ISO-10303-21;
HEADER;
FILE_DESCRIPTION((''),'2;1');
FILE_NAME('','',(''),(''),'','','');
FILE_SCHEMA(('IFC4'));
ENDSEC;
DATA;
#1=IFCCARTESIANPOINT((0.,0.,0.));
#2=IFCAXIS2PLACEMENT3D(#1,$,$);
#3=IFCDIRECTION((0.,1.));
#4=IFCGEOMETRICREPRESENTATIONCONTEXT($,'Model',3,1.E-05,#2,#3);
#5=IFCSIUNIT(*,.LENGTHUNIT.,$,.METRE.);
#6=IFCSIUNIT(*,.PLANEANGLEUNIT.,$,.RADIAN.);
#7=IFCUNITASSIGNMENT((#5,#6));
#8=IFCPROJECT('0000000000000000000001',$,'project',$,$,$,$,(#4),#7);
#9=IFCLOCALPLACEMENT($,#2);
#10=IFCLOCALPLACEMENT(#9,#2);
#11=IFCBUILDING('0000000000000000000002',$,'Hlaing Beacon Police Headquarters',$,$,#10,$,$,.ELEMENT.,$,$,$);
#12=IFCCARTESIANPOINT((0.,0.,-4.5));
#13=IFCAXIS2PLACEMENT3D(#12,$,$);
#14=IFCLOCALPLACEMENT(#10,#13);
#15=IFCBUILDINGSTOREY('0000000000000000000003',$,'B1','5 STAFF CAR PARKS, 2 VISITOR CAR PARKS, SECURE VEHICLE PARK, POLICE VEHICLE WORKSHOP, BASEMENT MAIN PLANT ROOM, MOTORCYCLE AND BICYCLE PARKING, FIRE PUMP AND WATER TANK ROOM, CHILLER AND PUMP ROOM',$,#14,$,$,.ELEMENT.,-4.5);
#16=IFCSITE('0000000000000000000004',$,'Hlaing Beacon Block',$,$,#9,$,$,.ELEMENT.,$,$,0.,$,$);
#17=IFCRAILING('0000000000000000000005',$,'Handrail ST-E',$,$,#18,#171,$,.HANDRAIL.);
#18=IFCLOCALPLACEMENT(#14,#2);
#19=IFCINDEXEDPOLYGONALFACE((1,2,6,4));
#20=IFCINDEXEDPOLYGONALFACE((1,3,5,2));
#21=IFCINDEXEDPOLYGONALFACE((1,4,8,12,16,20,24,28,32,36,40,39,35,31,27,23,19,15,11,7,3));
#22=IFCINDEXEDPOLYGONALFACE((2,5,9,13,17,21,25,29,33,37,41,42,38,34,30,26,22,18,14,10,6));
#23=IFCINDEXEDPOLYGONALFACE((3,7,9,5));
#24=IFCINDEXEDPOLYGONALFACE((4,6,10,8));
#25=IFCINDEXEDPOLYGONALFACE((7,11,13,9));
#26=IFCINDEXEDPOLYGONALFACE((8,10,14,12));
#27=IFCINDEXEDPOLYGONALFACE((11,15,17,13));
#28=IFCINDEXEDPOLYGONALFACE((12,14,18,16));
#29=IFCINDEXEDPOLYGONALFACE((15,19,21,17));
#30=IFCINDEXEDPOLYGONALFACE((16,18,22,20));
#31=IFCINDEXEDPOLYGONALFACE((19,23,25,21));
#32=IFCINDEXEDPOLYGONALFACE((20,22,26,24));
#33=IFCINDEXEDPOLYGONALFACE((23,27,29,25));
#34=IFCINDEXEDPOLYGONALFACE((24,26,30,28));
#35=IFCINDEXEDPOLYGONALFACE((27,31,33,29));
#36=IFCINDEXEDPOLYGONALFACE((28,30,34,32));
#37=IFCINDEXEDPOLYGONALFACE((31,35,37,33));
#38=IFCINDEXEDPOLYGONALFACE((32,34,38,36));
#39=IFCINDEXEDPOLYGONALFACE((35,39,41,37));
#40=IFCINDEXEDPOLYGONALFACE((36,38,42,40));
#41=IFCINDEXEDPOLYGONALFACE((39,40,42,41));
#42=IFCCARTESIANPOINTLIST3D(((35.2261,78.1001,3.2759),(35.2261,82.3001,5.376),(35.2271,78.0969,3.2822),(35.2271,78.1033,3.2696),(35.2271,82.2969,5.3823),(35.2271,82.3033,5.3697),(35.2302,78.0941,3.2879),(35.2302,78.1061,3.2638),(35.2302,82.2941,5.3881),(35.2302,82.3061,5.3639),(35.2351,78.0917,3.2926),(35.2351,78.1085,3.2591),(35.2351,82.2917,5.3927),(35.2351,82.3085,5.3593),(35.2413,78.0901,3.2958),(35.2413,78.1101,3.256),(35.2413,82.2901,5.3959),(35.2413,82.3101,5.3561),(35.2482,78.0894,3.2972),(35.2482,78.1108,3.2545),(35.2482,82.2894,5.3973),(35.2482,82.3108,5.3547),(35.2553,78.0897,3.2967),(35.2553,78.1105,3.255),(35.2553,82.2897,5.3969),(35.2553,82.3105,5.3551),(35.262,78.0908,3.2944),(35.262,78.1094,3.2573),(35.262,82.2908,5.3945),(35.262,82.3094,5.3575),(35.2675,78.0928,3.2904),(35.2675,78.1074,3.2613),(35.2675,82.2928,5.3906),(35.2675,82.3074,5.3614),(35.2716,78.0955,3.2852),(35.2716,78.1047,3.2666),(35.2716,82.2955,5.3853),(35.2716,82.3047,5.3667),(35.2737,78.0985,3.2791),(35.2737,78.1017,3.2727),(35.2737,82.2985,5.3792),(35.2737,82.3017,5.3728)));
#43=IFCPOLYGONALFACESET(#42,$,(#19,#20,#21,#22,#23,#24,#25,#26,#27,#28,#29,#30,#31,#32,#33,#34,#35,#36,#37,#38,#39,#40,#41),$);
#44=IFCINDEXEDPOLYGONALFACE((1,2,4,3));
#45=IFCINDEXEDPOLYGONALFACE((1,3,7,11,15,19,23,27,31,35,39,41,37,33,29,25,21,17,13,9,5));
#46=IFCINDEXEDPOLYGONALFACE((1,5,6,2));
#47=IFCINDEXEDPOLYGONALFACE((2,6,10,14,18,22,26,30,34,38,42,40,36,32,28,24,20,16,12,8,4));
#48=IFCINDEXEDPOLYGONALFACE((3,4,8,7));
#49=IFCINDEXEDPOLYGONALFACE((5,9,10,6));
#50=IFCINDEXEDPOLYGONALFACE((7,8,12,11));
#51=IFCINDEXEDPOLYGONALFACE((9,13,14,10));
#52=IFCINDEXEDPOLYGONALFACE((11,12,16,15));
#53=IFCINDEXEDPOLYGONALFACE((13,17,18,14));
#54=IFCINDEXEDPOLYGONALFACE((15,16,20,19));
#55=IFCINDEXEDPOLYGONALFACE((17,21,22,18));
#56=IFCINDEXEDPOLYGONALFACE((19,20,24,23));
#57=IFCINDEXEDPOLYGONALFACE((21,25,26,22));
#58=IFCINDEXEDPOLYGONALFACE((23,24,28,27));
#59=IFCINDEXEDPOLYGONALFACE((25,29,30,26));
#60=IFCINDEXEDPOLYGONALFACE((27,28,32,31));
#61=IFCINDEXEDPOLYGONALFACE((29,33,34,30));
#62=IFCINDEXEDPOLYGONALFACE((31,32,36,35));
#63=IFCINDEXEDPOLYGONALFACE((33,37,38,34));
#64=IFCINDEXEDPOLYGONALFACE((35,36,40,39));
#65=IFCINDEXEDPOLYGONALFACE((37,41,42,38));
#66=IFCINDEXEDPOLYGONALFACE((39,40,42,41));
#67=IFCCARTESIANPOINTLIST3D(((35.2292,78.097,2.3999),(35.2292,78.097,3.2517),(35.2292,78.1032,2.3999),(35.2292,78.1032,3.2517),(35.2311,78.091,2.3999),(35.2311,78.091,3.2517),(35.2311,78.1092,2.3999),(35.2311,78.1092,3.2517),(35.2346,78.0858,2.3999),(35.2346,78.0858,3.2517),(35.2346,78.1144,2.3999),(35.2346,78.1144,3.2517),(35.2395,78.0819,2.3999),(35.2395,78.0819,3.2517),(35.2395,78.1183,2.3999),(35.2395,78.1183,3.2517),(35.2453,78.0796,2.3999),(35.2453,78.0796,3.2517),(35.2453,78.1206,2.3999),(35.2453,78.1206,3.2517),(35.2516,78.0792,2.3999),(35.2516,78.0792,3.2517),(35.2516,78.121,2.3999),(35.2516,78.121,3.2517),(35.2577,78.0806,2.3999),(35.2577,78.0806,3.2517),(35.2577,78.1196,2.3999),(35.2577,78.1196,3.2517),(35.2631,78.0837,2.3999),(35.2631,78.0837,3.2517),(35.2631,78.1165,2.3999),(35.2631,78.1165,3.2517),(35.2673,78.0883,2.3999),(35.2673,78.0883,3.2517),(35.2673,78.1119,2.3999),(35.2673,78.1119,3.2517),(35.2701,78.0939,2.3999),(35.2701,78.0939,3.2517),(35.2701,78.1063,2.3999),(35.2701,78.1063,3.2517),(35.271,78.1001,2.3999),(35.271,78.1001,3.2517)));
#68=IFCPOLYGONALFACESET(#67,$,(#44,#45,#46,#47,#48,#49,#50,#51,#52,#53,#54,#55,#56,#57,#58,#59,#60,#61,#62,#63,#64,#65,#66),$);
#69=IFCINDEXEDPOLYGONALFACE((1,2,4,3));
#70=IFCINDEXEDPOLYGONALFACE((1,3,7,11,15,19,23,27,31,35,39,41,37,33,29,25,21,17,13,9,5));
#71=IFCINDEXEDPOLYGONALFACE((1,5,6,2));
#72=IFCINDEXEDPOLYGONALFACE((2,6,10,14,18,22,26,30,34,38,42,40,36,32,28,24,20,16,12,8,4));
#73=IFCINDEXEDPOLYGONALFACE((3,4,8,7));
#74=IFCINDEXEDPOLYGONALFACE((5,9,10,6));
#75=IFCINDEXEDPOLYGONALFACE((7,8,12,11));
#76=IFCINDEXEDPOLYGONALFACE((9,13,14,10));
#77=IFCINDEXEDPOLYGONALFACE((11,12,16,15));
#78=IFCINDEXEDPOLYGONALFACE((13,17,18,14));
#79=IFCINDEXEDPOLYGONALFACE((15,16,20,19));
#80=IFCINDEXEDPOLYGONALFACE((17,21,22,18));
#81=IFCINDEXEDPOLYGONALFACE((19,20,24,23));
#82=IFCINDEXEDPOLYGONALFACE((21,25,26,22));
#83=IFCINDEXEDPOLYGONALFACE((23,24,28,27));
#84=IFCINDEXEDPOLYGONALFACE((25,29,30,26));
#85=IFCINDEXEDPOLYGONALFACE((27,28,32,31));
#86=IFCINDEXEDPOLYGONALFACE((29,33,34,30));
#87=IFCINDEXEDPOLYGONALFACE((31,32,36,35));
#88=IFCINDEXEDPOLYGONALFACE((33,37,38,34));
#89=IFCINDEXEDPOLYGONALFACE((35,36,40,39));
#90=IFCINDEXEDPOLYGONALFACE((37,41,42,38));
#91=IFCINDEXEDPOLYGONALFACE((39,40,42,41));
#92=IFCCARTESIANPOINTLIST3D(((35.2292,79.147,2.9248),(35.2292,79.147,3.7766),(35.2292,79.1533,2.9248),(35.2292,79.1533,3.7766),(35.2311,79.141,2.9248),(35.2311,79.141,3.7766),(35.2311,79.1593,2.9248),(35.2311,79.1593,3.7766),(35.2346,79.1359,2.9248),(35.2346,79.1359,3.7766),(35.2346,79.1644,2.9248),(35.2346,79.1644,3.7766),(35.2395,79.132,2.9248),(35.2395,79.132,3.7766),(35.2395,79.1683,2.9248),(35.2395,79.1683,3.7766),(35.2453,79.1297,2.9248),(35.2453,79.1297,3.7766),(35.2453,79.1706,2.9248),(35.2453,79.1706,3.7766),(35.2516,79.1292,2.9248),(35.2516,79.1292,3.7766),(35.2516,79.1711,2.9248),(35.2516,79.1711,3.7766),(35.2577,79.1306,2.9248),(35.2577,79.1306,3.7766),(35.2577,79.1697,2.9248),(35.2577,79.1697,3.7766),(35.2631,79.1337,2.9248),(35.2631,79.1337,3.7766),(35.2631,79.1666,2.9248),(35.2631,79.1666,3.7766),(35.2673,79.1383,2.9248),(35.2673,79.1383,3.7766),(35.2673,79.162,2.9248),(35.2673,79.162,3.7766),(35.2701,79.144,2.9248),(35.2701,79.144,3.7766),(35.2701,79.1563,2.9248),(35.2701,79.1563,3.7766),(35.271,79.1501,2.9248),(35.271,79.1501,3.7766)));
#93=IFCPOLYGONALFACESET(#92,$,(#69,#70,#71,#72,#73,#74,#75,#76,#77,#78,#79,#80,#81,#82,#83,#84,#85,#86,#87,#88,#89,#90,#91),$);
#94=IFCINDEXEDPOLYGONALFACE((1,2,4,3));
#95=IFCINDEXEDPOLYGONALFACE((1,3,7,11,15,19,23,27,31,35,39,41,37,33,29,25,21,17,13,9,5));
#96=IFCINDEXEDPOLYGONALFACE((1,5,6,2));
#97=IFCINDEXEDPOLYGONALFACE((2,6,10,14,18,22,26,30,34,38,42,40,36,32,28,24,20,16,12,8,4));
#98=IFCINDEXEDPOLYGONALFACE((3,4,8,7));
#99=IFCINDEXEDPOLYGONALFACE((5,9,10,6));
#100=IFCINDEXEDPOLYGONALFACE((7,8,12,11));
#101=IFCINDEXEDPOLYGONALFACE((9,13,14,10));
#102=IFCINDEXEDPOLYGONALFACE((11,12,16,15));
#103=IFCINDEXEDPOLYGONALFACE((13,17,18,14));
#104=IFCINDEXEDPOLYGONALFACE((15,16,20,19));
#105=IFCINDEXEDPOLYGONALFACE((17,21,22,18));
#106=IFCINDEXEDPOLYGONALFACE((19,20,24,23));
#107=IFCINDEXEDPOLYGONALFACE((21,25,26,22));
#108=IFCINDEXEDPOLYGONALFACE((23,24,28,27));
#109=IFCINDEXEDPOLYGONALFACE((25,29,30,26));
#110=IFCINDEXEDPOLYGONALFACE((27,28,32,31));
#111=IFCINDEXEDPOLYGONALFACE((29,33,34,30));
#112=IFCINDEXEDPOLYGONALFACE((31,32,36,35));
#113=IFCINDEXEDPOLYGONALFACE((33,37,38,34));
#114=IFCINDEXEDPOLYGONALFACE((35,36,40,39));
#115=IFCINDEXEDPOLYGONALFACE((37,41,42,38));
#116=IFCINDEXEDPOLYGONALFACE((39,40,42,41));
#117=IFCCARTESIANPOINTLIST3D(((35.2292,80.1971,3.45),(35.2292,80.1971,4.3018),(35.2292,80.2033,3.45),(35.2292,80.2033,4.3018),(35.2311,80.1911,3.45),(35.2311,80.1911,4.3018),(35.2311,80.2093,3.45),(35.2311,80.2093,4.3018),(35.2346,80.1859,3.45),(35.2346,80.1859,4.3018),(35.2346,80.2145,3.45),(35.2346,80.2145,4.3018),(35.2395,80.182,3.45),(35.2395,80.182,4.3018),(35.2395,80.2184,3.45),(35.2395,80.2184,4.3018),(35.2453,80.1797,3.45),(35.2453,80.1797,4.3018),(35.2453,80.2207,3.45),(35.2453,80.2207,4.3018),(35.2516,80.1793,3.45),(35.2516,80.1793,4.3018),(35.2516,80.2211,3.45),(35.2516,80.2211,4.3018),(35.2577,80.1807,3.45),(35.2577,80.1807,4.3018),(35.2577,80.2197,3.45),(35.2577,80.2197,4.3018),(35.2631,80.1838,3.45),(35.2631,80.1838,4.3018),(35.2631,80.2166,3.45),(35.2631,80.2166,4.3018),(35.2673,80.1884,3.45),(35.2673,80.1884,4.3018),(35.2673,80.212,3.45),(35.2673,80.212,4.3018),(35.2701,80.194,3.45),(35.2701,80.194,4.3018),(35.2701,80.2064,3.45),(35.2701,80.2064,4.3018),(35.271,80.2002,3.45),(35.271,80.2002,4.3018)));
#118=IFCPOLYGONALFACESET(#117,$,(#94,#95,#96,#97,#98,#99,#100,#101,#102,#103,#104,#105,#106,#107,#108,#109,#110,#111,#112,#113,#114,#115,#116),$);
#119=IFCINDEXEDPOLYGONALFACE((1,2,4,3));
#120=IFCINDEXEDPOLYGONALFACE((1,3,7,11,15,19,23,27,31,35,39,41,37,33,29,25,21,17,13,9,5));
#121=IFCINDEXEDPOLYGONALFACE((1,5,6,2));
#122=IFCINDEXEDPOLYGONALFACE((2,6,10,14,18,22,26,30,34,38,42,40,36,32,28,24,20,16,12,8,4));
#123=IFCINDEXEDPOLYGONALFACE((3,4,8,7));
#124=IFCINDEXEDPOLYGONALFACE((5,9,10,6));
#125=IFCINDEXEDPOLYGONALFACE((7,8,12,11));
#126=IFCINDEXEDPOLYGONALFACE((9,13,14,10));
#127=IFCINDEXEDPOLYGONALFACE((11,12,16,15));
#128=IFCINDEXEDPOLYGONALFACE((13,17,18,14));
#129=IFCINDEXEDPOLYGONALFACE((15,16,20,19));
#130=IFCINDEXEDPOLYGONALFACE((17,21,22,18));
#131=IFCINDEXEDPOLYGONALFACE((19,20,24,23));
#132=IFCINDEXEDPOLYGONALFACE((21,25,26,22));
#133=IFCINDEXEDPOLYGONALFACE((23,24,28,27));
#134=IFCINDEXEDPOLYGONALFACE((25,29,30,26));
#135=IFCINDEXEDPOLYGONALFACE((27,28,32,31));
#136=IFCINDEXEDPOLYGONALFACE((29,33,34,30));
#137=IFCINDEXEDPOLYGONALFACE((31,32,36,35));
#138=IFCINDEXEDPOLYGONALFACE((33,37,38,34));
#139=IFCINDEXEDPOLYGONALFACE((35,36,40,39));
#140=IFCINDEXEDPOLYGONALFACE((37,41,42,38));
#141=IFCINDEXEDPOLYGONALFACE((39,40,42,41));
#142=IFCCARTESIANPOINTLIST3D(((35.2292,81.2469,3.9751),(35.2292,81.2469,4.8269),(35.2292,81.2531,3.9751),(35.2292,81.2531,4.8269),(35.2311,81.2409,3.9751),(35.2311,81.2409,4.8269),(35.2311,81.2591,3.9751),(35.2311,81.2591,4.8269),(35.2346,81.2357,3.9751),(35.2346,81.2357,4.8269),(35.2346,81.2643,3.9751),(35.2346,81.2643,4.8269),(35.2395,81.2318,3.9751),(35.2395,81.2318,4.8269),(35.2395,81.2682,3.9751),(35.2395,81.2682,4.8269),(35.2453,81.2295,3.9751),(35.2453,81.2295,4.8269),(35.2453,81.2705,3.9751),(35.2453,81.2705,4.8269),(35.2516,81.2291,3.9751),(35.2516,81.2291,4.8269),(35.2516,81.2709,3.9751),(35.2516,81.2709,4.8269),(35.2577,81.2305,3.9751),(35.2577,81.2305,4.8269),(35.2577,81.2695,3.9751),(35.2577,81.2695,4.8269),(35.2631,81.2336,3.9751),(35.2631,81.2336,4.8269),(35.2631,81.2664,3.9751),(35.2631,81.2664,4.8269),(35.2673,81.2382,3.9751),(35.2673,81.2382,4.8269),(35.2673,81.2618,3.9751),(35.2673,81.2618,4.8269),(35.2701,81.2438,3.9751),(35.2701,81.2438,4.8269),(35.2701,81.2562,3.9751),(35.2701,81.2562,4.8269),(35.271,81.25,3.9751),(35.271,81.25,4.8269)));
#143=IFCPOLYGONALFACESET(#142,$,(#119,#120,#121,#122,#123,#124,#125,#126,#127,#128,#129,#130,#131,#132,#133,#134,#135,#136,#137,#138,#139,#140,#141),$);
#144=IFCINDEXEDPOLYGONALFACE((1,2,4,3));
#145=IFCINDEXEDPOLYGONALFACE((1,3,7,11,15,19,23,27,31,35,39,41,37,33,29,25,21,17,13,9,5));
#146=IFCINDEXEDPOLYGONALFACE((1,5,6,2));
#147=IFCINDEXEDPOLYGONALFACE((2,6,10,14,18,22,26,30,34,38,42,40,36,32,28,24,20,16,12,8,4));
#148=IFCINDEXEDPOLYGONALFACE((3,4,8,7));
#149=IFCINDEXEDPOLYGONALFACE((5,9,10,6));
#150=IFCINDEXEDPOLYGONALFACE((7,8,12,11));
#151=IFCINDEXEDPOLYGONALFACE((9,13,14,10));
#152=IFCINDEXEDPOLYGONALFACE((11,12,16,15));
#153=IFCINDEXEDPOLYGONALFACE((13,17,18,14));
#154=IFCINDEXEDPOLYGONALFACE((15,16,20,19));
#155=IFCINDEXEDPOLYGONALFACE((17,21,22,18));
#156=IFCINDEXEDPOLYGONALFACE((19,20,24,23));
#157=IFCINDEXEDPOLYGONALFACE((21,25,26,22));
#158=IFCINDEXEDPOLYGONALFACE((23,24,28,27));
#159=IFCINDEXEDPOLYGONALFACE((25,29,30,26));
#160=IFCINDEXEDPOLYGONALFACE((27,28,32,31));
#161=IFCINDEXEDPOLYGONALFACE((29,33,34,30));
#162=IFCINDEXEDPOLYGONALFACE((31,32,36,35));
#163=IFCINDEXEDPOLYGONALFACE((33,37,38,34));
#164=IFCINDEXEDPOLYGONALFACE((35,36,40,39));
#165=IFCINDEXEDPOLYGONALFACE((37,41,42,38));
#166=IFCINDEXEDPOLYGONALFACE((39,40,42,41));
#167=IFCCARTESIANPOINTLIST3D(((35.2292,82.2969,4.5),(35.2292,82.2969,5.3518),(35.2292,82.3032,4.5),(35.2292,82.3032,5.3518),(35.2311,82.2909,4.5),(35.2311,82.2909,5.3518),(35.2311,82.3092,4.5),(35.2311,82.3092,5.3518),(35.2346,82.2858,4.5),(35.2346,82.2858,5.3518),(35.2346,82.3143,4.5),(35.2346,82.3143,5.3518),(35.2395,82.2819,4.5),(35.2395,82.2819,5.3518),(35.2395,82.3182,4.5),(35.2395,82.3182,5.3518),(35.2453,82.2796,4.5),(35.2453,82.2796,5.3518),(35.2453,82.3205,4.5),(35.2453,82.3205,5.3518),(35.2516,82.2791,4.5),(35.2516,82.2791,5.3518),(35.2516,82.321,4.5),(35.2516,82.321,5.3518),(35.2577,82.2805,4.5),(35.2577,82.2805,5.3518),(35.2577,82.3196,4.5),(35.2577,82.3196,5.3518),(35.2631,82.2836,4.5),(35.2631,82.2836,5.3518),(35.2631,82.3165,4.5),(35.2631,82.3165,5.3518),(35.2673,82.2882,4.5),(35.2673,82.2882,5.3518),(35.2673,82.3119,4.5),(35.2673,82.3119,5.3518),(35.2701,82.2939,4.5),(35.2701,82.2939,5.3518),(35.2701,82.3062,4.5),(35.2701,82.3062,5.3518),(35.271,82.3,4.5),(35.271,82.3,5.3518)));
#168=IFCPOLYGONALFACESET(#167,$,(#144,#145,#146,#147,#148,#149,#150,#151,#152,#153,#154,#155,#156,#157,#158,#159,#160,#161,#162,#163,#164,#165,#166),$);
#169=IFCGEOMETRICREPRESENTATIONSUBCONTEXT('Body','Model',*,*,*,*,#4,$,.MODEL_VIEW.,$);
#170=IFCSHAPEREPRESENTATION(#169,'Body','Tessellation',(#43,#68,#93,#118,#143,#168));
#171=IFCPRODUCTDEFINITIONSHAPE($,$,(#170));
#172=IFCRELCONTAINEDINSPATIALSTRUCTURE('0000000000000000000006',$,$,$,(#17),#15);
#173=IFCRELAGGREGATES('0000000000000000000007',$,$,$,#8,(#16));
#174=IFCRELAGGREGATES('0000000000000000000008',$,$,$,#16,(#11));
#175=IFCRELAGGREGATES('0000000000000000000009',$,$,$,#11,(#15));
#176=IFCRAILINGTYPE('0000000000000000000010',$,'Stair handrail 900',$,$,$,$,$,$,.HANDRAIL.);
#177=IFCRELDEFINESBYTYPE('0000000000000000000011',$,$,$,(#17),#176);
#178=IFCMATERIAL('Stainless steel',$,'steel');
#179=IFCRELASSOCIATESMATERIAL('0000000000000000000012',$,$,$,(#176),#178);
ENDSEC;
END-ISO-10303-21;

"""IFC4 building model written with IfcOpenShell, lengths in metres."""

from ifc_helpers import new_model, si_unit, direction, frame, origin, origin_2d, place, context, subcontext, project, spatial, circle, extrude, material, type_object, element, save


model = new_model("IFC4")

# Units and contexts
model_context = context("Model", 3, precision=1e-05, world=origin(), true_north=direction((0.0, 1.0)))
body_context = subcontext(model_context, "Body", "Model", "MODEL_VIEW")
ifc_project = project(units=[si_unit("LENGTHUNIT", "METRE"), si_unit("PLANEANGLEUNIT", "RADIAN")], contexts=[model_context])

# Site, building, storey
site_placement = place(None, origin())
site = spatial("IfcSite", under=ifc_project, at=site_placement, Name="Hlaing Beacon Block", CompositionType="ELEMENT", RefElevation=0.0)
building_placement = place(site_placement, origin())
building = spatial("IfcBuilding", under=site, at=building_placement, Name="Hlaing Beacon Police Headquarters", CompositionType="ELEMENT")
storey_placement = place(building_placement, frame((0.0, 0.0, -4.5)))
storey = spatial("IfcBuildingStorey", under=building, at=storey_placement, Name="B1", Description="5 STAFF CAR PARKS, 2 VISITOR CAR PARKS, SECURE VEHICLE PARK, POLICE VEHICLE WORKSHOP, BASEMENT MAIN PLANT ROOM, MOTORCYCLE AND BICYCLE PARKING, FIRE PUMP AND WATER TANK ROOM, CHILLER AND PUMP ROOM", CompositionType="ELEMENT", Elevation=-4.5)

# Railing
ifc_material_1 = material(Name="Stainless steel", Category="steel")
railing_type = type_object("IfcRailingType", Name="Stair handrail 900", PredefinedType="HANDRAIL", material=ifc_material_1)
for number, where, name in (
    (1, (35.25, 78.1001, 2.3999), "Handrail ST-E"),
):
    element("IfcRailing", number, at=place(storey_placement, frame(where)), inside=storey, type_object=railing_type, Name=name, PredefinedType="HANDRAIL", context=body_context, shape_type="SweptSolid", body=[
        extrude(circle(Radius=0.0239, at=origin_2d()), frame((0.0, 0.0, 0.876), z_axis=(0.0, 0.894417, 0.447234), x_axis=(-1.0, 0.0, 0.0)), (0.0, 0.0, 1.0), 4.6958),
        extrude(circle(Radius=0.021, at=origin_2d()), origin(), (0.0, 0.0, 1.0), 0.8518),
        extrude(circle(Radius=0.021, at=origin_2d()), frame((0.0, 1.05, 0.5249)), (0.0, 0.0, 1.0), 0.8518),
        extrude(circle(Radius=0.021, at=origin_2d()), frame((0.0, 2.1001, 1.05)), (0.0, 0.0, 1.0), 0.8518),
        extrude(circle(Radius=0.021, at=origin_2d()), frame((0.0, 3.1499, 1.5752)), (0.0, 0.0, 1.0), 0.8518),
        extrude(circle(Radius=0.021, at=origin_2d()), frame((0.0, 4.2, 2.1001)), (0.0, 0.0, 1.0), 0.8518),
    ])

save(model, "model.ifc")
